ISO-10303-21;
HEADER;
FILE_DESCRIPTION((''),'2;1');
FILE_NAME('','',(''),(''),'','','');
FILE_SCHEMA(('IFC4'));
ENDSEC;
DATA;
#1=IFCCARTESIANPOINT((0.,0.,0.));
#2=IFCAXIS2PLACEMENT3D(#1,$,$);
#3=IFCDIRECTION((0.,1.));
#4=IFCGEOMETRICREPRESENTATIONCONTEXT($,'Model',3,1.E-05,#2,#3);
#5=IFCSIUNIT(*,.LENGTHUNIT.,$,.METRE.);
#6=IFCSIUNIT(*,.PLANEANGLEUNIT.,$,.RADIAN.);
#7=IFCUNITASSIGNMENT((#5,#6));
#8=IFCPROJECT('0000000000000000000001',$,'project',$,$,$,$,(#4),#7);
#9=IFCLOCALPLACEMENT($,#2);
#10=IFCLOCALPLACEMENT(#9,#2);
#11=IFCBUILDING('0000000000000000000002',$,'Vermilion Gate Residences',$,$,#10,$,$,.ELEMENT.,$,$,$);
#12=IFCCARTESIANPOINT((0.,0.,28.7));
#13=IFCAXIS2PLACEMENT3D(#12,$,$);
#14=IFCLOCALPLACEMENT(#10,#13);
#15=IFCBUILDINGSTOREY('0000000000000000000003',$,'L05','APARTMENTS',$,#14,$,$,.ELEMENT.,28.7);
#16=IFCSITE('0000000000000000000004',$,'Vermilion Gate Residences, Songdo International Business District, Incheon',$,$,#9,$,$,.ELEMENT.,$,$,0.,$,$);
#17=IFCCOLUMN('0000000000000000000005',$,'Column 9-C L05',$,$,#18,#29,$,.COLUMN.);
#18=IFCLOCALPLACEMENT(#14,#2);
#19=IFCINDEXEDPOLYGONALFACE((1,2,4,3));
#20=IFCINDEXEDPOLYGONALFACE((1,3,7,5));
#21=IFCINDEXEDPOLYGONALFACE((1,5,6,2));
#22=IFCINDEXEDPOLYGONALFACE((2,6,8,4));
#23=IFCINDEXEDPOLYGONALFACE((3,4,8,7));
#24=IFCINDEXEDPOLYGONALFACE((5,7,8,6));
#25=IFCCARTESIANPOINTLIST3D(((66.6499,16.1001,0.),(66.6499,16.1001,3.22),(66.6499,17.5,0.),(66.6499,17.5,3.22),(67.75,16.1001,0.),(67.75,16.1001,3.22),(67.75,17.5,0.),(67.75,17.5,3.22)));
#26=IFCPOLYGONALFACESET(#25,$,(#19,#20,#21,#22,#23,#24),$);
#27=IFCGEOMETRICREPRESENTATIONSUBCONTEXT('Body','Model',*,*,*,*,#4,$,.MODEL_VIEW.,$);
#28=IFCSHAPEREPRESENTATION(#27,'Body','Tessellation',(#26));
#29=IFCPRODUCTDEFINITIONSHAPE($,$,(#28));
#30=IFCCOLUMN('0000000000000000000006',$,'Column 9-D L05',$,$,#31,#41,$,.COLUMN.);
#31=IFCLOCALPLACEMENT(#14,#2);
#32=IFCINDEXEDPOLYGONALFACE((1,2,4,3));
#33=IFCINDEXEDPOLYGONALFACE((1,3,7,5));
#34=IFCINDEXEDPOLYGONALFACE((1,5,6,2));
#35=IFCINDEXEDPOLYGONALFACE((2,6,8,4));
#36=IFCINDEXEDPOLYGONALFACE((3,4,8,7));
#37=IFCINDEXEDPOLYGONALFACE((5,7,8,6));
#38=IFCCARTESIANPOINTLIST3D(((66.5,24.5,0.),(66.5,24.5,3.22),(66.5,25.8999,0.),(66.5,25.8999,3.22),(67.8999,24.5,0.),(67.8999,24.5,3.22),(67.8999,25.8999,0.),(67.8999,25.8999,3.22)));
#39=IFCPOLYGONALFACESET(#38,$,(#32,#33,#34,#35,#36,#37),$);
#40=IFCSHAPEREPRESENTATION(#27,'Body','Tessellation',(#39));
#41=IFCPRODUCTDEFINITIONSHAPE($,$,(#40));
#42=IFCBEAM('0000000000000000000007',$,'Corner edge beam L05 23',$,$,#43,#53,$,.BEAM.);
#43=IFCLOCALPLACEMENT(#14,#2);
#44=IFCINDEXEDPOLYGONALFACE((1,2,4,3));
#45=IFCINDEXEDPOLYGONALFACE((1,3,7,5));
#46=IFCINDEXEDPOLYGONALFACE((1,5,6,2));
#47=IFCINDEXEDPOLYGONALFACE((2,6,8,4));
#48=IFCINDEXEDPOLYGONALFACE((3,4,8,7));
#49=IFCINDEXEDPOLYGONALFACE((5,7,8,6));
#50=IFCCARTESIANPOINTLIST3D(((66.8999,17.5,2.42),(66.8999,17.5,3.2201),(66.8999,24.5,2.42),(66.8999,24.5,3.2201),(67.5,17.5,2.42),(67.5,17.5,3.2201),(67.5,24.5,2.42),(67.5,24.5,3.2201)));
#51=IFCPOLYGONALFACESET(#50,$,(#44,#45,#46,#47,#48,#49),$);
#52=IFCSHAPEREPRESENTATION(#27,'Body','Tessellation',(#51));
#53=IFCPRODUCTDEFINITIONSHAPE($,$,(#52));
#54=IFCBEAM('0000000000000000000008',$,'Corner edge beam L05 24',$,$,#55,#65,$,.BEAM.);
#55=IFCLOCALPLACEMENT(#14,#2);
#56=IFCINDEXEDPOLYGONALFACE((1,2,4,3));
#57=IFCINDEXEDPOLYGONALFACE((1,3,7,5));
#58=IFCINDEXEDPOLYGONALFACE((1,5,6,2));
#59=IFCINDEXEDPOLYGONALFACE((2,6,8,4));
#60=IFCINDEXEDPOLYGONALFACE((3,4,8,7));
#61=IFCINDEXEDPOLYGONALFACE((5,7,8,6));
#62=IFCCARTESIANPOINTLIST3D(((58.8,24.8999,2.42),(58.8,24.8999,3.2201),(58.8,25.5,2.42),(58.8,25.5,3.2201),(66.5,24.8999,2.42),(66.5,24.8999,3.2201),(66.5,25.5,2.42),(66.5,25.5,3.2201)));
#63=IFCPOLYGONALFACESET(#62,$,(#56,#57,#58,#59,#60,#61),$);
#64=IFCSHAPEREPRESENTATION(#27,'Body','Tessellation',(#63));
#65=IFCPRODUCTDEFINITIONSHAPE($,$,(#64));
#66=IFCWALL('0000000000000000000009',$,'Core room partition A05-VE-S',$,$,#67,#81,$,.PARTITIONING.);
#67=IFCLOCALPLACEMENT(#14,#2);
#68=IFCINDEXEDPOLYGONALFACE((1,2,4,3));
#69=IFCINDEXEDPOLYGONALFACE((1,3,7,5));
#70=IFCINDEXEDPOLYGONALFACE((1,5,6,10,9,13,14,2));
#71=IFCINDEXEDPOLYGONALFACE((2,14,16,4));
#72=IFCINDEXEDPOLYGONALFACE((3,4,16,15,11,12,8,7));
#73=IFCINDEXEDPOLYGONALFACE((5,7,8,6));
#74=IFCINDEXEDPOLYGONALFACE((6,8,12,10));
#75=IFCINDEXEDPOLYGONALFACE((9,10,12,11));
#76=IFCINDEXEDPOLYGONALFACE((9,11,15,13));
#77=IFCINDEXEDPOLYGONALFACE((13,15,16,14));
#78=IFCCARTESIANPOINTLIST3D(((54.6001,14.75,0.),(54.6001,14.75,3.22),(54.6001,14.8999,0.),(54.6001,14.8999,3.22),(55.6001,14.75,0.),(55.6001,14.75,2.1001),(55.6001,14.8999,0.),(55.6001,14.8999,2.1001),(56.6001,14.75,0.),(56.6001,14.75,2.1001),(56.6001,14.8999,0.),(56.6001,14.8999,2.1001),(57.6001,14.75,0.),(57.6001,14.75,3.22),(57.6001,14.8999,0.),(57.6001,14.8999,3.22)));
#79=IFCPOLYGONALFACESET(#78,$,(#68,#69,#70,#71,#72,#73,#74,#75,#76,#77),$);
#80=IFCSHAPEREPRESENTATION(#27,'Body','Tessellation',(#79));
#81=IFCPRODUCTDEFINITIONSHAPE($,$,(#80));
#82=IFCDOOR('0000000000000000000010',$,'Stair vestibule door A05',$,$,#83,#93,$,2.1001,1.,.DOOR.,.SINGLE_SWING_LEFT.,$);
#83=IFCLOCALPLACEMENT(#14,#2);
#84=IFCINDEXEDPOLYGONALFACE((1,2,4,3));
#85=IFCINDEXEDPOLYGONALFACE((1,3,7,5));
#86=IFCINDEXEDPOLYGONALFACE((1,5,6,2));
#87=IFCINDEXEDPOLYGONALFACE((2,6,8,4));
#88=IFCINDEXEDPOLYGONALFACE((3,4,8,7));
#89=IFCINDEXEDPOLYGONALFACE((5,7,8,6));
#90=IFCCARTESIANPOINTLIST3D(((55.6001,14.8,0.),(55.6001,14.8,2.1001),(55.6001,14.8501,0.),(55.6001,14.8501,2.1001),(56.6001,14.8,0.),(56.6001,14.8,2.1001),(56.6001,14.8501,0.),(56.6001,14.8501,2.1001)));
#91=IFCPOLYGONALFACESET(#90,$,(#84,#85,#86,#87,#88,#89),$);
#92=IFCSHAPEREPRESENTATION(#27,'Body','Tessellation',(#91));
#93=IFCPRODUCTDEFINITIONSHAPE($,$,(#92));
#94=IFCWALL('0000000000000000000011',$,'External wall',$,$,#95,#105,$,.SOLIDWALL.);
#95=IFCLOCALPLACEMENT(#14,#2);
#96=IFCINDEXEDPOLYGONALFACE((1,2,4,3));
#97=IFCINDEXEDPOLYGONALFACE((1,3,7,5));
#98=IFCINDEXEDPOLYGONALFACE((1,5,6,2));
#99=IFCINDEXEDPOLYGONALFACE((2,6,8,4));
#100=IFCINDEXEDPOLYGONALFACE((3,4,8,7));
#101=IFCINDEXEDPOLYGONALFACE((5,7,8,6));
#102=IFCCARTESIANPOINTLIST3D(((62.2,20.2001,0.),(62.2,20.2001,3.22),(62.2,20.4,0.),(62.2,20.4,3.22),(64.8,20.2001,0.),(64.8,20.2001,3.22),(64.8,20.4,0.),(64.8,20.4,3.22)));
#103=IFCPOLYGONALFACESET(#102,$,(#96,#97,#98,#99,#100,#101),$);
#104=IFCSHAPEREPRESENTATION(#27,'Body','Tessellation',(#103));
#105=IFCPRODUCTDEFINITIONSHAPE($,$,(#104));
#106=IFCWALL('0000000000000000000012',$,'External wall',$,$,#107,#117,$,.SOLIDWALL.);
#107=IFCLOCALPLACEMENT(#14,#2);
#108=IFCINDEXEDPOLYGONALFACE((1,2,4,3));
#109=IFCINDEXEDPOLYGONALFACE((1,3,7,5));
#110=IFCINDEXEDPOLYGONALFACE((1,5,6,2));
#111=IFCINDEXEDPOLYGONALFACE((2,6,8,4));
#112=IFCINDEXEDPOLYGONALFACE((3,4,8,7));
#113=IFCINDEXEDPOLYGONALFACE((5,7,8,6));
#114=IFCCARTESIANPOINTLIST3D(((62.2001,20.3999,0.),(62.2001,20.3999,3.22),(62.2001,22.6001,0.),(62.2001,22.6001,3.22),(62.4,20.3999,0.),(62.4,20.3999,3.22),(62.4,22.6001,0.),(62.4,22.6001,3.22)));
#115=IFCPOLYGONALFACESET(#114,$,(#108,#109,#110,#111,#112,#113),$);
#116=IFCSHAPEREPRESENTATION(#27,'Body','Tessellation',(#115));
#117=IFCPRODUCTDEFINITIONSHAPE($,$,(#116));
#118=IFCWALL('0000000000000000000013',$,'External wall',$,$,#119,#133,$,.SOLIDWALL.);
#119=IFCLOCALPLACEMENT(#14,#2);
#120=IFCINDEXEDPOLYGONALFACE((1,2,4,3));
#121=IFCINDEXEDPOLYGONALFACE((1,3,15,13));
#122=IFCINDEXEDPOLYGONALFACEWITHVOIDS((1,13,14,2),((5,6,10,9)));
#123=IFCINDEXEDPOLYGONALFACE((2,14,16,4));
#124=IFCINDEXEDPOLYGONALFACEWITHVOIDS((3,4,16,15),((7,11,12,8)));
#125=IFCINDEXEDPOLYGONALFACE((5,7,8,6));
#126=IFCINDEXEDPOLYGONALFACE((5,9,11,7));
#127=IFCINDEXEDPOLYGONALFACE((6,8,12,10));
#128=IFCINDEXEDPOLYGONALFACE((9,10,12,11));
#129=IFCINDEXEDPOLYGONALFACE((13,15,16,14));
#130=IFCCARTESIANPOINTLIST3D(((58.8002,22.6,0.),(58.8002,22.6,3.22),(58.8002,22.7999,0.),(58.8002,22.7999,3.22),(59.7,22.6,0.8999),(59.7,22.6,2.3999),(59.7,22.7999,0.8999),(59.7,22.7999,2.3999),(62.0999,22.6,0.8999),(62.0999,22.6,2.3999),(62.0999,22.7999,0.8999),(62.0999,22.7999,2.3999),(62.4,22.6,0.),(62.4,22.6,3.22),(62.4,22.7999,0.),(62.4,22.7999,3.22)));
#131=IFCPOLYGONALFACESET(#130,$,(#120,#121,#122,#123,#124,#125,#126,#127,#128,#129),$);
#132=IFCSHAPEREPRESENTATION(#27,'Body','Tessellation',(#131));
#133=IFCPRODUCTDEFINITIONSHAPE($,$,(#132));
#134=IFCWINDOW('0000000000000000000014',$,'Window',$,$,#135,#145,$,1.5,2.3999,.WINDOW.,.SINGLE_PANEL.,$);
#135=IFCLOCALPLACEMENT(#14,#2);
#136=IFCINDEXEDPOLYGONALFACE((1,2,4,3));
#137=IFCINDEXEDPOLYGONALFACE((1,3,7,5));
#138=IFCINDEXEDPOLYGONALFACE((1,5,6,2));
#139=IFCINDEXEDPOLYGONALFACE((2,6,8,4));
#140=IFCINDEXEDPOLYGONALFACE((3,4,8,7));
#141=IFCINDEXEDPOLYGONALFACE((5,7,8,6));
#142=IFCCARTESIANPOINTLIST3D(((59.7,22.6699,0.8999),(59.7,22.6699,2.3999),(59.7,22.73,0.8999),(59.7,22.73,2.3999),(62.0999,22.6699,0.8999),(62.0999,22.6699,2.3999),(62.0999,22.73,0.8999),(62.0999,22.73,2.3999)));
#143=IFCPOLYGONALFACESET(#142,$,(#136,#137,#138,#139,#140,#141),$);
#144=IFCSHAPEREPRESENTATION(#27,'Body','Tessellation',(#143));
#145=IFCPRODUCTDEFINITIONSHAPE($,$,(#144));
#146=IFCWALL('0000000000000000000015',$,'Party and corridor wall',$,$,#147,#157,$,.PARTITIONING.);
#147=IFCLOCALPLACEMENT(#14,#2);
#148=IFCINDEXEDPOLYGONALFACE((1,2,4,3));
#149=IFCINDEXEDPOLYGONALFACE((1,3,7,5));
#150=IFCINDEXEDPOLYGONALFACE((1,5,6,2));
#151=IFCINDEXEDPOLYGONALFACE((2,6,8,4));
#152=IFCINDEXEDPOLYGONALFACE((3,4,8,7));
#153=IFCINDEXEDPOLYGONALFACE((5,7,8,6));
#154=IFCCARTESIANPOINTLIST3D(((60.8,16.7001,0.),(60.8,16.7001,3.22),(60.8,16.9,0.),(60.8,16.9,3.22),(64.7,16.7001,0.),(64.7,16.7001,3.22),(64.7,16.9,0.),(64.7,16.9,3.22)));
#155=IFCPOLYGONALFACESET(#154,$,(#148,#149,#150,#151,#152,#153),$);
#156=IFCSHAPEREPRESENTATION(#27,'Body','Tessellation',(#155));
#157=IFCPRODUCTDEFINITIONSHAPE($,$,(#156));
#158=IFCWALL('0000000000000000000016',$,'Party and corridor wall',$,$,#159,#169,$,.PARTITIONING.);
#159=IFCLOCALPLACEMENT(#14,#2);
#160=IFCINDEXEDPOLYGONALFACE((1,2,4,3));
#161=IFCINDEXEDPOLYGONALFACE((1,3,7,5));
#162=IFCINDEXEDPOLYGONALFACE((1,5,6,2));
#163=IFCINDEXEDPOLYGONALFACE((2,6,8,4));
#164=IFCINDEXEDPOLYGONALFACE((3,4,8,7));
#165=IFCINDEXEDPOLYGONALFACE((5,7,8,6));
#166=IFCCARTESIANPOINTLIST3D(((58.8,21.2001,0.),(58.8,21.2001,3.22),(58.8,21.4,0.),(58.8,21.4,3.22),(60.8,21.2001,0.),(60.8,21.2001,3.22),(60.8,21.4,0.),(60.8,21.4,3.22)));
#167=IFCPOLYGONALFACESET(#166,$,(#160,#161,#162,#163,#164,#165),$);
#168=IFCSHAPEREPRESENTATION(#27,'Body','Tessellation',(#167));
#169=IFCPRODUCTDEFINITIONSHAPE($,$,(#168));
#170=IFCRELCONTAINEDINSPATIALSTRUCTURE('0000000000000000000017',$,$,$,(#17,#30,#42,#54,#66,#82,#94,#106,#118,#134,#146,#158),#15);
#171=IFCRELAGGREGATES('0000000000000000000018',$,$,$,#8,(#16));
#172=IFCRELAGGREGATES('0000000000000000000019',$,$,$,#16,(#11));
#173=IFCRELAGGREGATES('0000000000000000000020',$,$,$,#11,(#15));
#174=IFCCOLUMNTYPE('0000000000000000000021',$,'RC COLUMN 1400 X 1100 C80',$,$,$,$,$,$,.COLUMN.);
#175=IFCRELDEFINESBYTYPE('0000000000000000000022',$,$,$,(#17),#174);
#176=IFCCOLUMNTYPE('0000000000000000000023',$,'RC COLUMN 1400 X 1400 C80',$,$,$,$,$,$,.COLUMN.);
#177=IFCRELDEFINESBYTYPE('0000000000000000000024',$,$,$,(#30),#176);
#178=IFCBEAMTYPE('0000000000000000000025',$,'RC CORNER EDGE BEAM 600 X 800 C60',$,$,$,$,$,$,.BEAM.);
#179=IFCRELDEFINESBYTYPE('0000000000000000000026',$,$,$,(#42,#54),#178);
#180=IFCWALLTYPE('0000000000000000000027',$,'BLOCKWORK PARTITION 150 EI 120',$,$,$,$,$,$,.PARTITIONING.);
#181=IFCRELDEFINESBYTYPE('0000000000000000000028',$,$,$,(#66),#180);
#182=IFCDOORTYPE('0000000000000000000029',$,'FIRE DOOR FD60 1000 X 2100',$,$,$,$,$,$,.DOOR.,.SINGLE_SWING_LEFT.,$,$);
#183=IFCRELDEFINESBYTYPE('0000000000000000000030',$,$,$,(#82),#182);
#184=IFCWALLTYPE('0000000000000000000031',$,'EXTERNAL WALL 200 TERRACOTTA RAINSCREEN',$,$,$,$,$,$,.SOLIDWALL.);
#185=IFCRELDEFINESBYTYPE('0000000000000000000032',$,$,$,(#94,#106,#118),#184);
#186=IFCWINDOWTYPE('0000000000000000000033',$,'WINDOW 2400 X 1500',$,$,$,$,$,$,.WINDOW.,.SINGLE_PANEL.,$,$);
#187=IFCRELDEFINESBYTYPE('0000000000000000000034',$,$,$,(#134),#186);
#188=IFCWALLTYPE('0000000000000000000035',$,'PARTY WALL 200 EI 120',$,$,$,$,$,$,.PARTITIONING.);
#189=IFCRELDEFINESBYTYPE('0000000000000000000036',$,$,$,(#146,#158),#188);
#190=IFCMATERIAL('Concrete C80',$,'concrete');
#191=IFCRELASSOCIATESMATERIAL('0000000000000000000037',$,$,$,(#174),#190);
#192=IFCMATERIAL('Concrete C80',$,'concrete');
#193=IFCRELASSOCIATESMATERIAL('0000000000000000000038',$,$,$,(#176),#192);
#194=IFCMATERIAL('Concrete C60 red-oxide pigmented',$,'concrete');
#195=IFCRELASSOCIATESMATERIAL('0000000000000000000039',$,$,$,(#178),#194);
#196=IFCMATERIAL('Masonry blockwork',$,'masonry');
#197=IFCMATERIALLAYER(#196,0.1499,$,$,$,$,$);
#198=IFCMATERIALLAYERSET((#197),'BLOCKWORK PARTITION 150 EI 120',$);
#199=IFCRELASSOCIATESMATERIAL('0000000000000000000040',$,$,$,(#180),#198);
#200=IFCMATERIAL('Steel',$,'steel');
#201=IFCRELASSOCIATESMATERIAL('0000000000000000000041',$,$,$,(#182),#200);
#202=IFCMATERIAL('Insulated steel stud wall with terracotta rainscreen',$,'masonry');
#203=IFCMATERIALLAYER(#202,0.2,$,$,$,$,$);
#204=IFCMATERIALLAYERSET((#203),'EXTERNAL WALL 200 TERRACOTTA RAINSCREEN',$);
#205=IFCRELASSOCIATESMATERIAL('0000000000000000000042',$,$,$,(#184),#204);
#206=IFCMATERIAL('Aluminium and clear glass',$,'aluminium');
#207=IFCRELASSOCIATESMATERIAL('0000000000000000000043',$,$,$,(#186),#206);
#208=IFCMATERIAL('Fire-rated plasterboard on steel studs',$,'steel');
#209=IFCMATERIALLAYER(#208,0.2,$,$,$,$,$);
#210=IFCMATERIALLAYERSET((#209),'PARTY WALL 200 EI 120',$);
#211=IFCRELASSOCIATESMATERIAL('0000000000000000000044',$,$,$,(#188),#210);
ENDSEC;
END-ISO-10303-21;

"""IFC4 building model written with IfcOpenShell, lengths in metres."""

from ifc_helpers import new_model, si_unit, direction, frame, frame_2d, origin, origin_2d, place, context, subcontext, project, spatial, rectangle, extrude, material, layer, layer_set, material_profile, profile_set, type_object, element, fill, save


model = new_model("IFC4")

# Units and contexts
model_context = context("Model", 3, precision=1e-05, world=origin(), true_north=direction((0.0, 1.0)))
body_context = subcontext(model_context, "Body", "Model", "MODEL_VIEW")
ifc_project = project(units=[si_unit("LENGTHUNIT", "METRE"), si_unit("PLANEANGLEUNIT", "RADIAN")], contexts=[model_context])

# Site, building, storey
site_placement = place(None, origin())
site = spatial("IfcSite", under=ifc_project, at=site_placement, Name="Vermilion Gate Residences, Songdo International Business District, Incheon", CompositionType="ELEMENT", RefElevation=0.0)
building_placement = place(site_placement, origin())
building = spatial("IfcBuilding", under=site, at=building_placement, Name="Vermilion Gate Residences", CompositionType="ELEMENT")
storey_placement = place(building_placement, frame((0.0, 0.0, 28.7)))
storey = spatial("IfcBuildingStorey", under=building, at=storey_placement, Name="L05", Description="APARTMENTS", CompositionType="ELEMENT", Elevation=28.7)

# Columns
ifc_material_1 = material(Name="Concrete C80", Category="concrete")
ifc_material_profile_1 = material_profile(ifc_material_1, rectangle(XDim=1.3999, YDim=1.1001, at=origin_2d()), Name="RC-1400x1100")
ifc_profile_set_1 = profile_set([ifc_material_profile_1], Name="Concrete C80")
column_type_1 = type_object("IfcColumnType", Name="RC COLUMN 1400 X 1100 C80", PredefinedType="COLUMN", material=ifc_profile_set_1)
column_1_placement = place(storey_placement, frame((67.2, 16.8, 0.0), z_axis=(0.0, 0.0, 1.0), x_axis=(0.0, 1.0, 0.0)))
element("IfcColumn", 1, at=column_1_placement, inside=storey, type_object=column_type_1, Name="Column 9-C L05", PredefinedType="COLUMN", context=body_context, shape_type="SweptSolid", body=[
    extrude(rectangle(XDim=1.3999, YDim=1.1001, at=origin_2d()), origin(), (0.0, 0.0, 1.0), 3.22),
])
ifc_material_2 = material(Name="Concrete C80", Category="concrete")
ifc_material_profile_2 = material_profile(ifc_material_2, rectangle(XDim=1.3999, YDim=1.3999, at=origin_2d()), Name="RC-1400x1400")
ifc_profile_set_2 = profile_set([ifc_material_profile_2], Name="Concrete C80")
column_type_2 = type_object("IfcColumnType", Name="RC COLUMN 1400 X 1400 C80", PredefinedType="COLUMN", material=ifc_profile_set_2)
column_2_placement = place(storey_placement, frame((67.2, 25.2, 0.0), z_axis=(0.0, 0.0, 1.0), x_axis=(1.0, 0.0, 0.0)))
element("IfcColumn", 2, at=column_2_placement, inside=storey, type_object=column_type_2, Name="Column 9-D L05", PredefinedType="COLUMN", context=body_context, shape_type="SweptSolid", body=[
    extrude(rectangle(XDim=1.3999, YDim=1.3999, at=origin_2d()), origin(), (0.0, 0.0, 1.0), 3.22),
])

# Beams
ifc_material_3 = material(Name="Concrete C60 red-oxide pigmented", Category="concrete")
ifc_material_profile_3 = material_profile(ifc_material_3, rectangle(XDim=0.6001, YDim=0.8, at=origin_2d()), Name="RC-600x800")
ifc_profile_set_3 = profile_set([ifc_material_profile_3], Name="Concrete C60 red-oxide pigmented")
beam_type = type_object("IfcBeamType", Name="RC CORNER EDGE BEAM 600 X 800 C60", PredefinedType="BEAM", material=ifc_profile_set_3)
beam_1_placement = place(storey_placement, frame((67.2, 17.5, 2.8201), z_axis=(0.0, 1.0, 0.0), x_axis=(-1.0, 0.0, 0.0)))
element("IfcBeam", 3, at=beam_1_placement, inside=storey, type_object=beam_type, Name="Corner edge beam L05 23", PredefinedType="BEAM", context=body_context, shape_type="SweptSolid", body=[
    extrude(rectangle(XDim=0.6001, YDim=0.8, at=origin_2d()), origin(), (0.0, 0.0, 1.0), 7.0),
])
beam_2_placement = place(storey_placement, frame((58.8, 25.2, 2.8201), z_axis=(1.0, 0.0, 0.0), x_axis=(0.0, 1.0, 0.0)))
element("IfcBeam", 4, at=beam_2_placement, inside=storey, type_object=beam_type, Name="Corner edge beam L05 24", PredefinedType="BEAM", context=body_context, shape_type="SweptSolid", body=[
    extrude(rectangle(XDim=0.6001, YDim=0.8, at=origin_2d()), origin(), (0.0, 0.0, 1.0), 7.7),
])

# Wall, opening, door
ifc_material_4 = material(Name="Masonry blockwork", Category="masonry")
ifc_layer_1 = layer(ifc_material_4, 0.1499)
ifc_layer_set_1 = layer_set([ifc_layer_1], Name="BLOCKWORK PARTITION 150 EI 120")
wall_type_1 = type_object("IfcWallType", Name="BLOCKWORK PARTITION 150 EI 120", PredefinedType="PARTITIONING", material=ifc_layer_set_1)
wall_1_placement = place(storey_placement, frame((54.6001, 14.825, 0.0), z_axis=(0.0, 0.0, 1.0), x_axis=(1.0, 0.0, 0.0)))
wall_1 = element("IfcWall", 5, at=wall_1_placement, inside=storey, type_object=wall_type_1, Name="Core room partition A05-VE-S", PredefinedType="PARTITIONING", context=body_context, shape_type="SweptSolid", body=[
    extrude(rectangle(XDim=3.0, YDim=0.1499, at=frame_2d((1.5, 0.0))), origin(), (0.0, 0.0, 1.0), 3.22),
])
opening_1_placement = place(wall_1_placement, frame((1.0, 0.0, 0.0)))
opening_1 = element("IfcOpeningElement", 6, at=opening_1_placement, cuts=wall_1, PredefinedType="OPENING", context=body_context, shape_type="SweptSolid", body=[
    extrude(rectangle(XDim=1.0, YDim=2.1001, at=frame_2d((0.5, 1.05))), frame((0.0, 0.085, 0.0), z_axis=(0.0, -1.0, 0.0), x_axis=(1.0, 0.0, 0.0)), (0.0, 0.0, 1.0), 0.1699),
])
ifc_material_5 = material(Name="Steel", Category="steel")
door_type = type_object("IfcDoorType", Name="FIRE DOOR FD60 1000 X 2100", OperationType="SINGLE_SWING_LEFT", PredefinedType="DOOR", material=ifc_material_5)
door_1_placement = place(opening_1_placement, frame((1.0, 0.0, 0.0), z_axis=(0.0, 0.0, 1.0), x_axis=(-1.0, 0.0, 0.0)))
door_1 = element("IfcDoor", 7, at=door_1_placement, inside=storey, type_object=door_type, Name="Stair vestibule door A05", OperationType="SINGLE_SWING_LEFT", OverallHeight=2.1001, OverallWidth=1.0, PredefinedType="DOOR", context=body_context, shape_type="SweptSolid", body=[
    extrude(rectangle(XDim=1.0, YDim=2.1001, at=frame_2d((0.5, 1.05))), frame((0.0, 0.0249, 0.0), z_axis=(0.0, -1.0, 0.0), x_axis=(1.0, 0.0, 0.0)), (0.0, 0.0, 1.0), 0.05),
])
fill(opening_1, door_1)

# Walls
ifc_material_6 = material(Name="Insulated steel stud wall with terracotta rainscreen", Category="masonry")
ifc_layer_2 = layer(ifc_material_6, 0.2)
ifc_layer_set_2 = layer_set([ifc_layer_2], Name="EXTERNAL WALL 200 TERRACOTTA RAINSCREEN")
wall_type_2 = type_object("IfcWallType", Name="EXTERNAL WALL 200 TERRACOTTA RAINSCREEN", PredefinedType="SOLIDWALL", material=ifc_layer_set_2)
wall_2_placement = place(storey_placement, frame((64.8, 20.3, 0.0), z_axis=(0.0, 0.0, 1.0), x_axis=(-1.0, 0.0, 0.0)))
element("IfcWall", 8, at=wall_2_placement, inside=storey, type_object=wall_type_2, Name="External wall", PredefinedType="SOLIDWALL", context=body_context, shape_type="SweptSolid", body=[
    extrude(rectangle(XDim=2.6001, YDim=0.2, at=frame_2d((1.3, 0.0))), origin(), (0.0, 0.0, 1.0), 3.22),
])
wall_3_placement = place(storey_placement, frame((62.3, 20.3999, 0.0), z_axis=(0.0, 0.0, 1.0), x_axis=(0.0, 1.0, 0.0)))
element("IfcWall", 9, at=wall_3_placement, inside=storey, type_object=wall_type_2, Name="External wall", PredefinedType="SOLIDWALL", context=body_context, shape_type="SweptSolid", body=[
    extrude(rectangle(XDim=2.2002, YDim=0.2, at=frame_2d((1.1001, 0.0))), origin(), (0.0, 0.0, 1.0), 3.22),
])

# Wall, opening, window
wall_4_placement = place(storey_placement, frame((62.3999, 22.7, 0.0), z_axis=(0.0, 0.0, 1.0), x_axis=(-1.0, 0.0, 0.0)))
wall_4 = element("IfcWall", 10, at=wall_4_placement, inside=storey, type_object=wall_type_2, Name="External wall", PredefinedType="SOLIDWALL", context=body_context, shape_type="SweptSolid", body=[
    extrude(rectangle(XDim=3.5999, YDim=0.2, at=frame_2d((1.7998, 0.0))), origin(), (0.0, 0.0, 1.0), 3.22),
])
opening_2_placement = place(wall_4_placement, frame((0.3, 0.0, 0.8999)))
opening_2 = element("IfcOpeningElement", 11, at=opening_2_placement, cuts=wall_4, PredefinedType="OPENING", context=body_context, shape_type="SweptSolid", body=[
    extrude(rectangle(XDim=2.3999, YDim=1.5, at=frame_2d((1.2, 0.75))), frame((0.0, 0.1099, 0.0), z_axis=(0.0, -1.0, 0.0), x_axis=(1.0, 0.0, 0.0)), (0.0, 0.0, 1.0), 0.22),
])
ifc_material_7 = material(Name="Aluminium and clear glass", Category="aluminium")
window_type = type_object("IfcWindowType", Name="WINDOW 2400 X 1500", PartitioningType="SINGLE_PANEL", PredefinedType="WINDOW", material=ifc_material_7)
window_placement = place(opening_2_placement, origin())
window = element("IfcWindow", 12, at=window_placement, inside=storey, type_object=window_type, Name="Window", OverallHeight=1.5, OverallWidth=2.3999, PartitioningType="SINGLE_PANEL", PredefinedType="WINDOW", context=body_context, shape_type="SweptSolid", body=[
    extrude(rectangle(XDim=2.3999, YDim=1.5, at=frame_2d((1.2, 0.75))), frame((0.0, 0.03, 0.0), z_axis=(0.0, -1.0, 0.0), x_axis=(1.0, 0.0, 0.0)), (0.0, 0.0, 1.0), 0.0601),
])
fill(opening_2, window)

# Walls
ifc_material_8 = material(Name="Fire-rated plasterboard on steel studs", Category="steel")
ifc_layer_3 = layer(ifc_material_8, 0.2)
ifc_layer_set_3 = layer_set([ifc_layer_3], Name="PARTY WALL 200 EI 120")
wall_type_3 = type_object("IfcWallType", Name="PARTY WALL 200 EI 120", PredefinedType="PARTITIONING", material=ifc_layer_set_3)
wall_5_placement = place(storey_placement, frame((60.8, 16.8, 0.0), z_axis=(0.0, 0.0, 1.0), x_axis=(1.0, 0.0, 0.0)))
element("IfcWall", 13, at=wall_5_placement, inside=storey, type_object=wall_type_3, Name="Party and corridor wall", PredefinedType="PARTITIONING", context=body_context, shape_type="SweptSolid", body=[
    extrude(rectangle(XDim=3.8999, YDim=0.2, at=frame_2d((1.95, 0.0))), origin(), (0.0, 0.0, 1.0), 3.22),
])
wall_6_placement = place(storey_placement, frame((58.8, 21.3, 0.0), z_axis=(0.0, 0.0, 1.0), x_axis=(1.0, 0.0, 0.0)))
element("IfcWall", 14, at=wall_6_placement, inside=storey, type_object=wall_type_3, Name="Party and corridor wall", PredefinedType="PARTITIONING", context=body_context, shape_type="SweptSolid", body=[
    extrude(rectangle(XDim=2.0, YDim=0.2, at=frame_2d((1.0, 0.0))), origin(), (0.0, 0.0, 1.0), 3.22),
])

save(model, "model.ifc")
